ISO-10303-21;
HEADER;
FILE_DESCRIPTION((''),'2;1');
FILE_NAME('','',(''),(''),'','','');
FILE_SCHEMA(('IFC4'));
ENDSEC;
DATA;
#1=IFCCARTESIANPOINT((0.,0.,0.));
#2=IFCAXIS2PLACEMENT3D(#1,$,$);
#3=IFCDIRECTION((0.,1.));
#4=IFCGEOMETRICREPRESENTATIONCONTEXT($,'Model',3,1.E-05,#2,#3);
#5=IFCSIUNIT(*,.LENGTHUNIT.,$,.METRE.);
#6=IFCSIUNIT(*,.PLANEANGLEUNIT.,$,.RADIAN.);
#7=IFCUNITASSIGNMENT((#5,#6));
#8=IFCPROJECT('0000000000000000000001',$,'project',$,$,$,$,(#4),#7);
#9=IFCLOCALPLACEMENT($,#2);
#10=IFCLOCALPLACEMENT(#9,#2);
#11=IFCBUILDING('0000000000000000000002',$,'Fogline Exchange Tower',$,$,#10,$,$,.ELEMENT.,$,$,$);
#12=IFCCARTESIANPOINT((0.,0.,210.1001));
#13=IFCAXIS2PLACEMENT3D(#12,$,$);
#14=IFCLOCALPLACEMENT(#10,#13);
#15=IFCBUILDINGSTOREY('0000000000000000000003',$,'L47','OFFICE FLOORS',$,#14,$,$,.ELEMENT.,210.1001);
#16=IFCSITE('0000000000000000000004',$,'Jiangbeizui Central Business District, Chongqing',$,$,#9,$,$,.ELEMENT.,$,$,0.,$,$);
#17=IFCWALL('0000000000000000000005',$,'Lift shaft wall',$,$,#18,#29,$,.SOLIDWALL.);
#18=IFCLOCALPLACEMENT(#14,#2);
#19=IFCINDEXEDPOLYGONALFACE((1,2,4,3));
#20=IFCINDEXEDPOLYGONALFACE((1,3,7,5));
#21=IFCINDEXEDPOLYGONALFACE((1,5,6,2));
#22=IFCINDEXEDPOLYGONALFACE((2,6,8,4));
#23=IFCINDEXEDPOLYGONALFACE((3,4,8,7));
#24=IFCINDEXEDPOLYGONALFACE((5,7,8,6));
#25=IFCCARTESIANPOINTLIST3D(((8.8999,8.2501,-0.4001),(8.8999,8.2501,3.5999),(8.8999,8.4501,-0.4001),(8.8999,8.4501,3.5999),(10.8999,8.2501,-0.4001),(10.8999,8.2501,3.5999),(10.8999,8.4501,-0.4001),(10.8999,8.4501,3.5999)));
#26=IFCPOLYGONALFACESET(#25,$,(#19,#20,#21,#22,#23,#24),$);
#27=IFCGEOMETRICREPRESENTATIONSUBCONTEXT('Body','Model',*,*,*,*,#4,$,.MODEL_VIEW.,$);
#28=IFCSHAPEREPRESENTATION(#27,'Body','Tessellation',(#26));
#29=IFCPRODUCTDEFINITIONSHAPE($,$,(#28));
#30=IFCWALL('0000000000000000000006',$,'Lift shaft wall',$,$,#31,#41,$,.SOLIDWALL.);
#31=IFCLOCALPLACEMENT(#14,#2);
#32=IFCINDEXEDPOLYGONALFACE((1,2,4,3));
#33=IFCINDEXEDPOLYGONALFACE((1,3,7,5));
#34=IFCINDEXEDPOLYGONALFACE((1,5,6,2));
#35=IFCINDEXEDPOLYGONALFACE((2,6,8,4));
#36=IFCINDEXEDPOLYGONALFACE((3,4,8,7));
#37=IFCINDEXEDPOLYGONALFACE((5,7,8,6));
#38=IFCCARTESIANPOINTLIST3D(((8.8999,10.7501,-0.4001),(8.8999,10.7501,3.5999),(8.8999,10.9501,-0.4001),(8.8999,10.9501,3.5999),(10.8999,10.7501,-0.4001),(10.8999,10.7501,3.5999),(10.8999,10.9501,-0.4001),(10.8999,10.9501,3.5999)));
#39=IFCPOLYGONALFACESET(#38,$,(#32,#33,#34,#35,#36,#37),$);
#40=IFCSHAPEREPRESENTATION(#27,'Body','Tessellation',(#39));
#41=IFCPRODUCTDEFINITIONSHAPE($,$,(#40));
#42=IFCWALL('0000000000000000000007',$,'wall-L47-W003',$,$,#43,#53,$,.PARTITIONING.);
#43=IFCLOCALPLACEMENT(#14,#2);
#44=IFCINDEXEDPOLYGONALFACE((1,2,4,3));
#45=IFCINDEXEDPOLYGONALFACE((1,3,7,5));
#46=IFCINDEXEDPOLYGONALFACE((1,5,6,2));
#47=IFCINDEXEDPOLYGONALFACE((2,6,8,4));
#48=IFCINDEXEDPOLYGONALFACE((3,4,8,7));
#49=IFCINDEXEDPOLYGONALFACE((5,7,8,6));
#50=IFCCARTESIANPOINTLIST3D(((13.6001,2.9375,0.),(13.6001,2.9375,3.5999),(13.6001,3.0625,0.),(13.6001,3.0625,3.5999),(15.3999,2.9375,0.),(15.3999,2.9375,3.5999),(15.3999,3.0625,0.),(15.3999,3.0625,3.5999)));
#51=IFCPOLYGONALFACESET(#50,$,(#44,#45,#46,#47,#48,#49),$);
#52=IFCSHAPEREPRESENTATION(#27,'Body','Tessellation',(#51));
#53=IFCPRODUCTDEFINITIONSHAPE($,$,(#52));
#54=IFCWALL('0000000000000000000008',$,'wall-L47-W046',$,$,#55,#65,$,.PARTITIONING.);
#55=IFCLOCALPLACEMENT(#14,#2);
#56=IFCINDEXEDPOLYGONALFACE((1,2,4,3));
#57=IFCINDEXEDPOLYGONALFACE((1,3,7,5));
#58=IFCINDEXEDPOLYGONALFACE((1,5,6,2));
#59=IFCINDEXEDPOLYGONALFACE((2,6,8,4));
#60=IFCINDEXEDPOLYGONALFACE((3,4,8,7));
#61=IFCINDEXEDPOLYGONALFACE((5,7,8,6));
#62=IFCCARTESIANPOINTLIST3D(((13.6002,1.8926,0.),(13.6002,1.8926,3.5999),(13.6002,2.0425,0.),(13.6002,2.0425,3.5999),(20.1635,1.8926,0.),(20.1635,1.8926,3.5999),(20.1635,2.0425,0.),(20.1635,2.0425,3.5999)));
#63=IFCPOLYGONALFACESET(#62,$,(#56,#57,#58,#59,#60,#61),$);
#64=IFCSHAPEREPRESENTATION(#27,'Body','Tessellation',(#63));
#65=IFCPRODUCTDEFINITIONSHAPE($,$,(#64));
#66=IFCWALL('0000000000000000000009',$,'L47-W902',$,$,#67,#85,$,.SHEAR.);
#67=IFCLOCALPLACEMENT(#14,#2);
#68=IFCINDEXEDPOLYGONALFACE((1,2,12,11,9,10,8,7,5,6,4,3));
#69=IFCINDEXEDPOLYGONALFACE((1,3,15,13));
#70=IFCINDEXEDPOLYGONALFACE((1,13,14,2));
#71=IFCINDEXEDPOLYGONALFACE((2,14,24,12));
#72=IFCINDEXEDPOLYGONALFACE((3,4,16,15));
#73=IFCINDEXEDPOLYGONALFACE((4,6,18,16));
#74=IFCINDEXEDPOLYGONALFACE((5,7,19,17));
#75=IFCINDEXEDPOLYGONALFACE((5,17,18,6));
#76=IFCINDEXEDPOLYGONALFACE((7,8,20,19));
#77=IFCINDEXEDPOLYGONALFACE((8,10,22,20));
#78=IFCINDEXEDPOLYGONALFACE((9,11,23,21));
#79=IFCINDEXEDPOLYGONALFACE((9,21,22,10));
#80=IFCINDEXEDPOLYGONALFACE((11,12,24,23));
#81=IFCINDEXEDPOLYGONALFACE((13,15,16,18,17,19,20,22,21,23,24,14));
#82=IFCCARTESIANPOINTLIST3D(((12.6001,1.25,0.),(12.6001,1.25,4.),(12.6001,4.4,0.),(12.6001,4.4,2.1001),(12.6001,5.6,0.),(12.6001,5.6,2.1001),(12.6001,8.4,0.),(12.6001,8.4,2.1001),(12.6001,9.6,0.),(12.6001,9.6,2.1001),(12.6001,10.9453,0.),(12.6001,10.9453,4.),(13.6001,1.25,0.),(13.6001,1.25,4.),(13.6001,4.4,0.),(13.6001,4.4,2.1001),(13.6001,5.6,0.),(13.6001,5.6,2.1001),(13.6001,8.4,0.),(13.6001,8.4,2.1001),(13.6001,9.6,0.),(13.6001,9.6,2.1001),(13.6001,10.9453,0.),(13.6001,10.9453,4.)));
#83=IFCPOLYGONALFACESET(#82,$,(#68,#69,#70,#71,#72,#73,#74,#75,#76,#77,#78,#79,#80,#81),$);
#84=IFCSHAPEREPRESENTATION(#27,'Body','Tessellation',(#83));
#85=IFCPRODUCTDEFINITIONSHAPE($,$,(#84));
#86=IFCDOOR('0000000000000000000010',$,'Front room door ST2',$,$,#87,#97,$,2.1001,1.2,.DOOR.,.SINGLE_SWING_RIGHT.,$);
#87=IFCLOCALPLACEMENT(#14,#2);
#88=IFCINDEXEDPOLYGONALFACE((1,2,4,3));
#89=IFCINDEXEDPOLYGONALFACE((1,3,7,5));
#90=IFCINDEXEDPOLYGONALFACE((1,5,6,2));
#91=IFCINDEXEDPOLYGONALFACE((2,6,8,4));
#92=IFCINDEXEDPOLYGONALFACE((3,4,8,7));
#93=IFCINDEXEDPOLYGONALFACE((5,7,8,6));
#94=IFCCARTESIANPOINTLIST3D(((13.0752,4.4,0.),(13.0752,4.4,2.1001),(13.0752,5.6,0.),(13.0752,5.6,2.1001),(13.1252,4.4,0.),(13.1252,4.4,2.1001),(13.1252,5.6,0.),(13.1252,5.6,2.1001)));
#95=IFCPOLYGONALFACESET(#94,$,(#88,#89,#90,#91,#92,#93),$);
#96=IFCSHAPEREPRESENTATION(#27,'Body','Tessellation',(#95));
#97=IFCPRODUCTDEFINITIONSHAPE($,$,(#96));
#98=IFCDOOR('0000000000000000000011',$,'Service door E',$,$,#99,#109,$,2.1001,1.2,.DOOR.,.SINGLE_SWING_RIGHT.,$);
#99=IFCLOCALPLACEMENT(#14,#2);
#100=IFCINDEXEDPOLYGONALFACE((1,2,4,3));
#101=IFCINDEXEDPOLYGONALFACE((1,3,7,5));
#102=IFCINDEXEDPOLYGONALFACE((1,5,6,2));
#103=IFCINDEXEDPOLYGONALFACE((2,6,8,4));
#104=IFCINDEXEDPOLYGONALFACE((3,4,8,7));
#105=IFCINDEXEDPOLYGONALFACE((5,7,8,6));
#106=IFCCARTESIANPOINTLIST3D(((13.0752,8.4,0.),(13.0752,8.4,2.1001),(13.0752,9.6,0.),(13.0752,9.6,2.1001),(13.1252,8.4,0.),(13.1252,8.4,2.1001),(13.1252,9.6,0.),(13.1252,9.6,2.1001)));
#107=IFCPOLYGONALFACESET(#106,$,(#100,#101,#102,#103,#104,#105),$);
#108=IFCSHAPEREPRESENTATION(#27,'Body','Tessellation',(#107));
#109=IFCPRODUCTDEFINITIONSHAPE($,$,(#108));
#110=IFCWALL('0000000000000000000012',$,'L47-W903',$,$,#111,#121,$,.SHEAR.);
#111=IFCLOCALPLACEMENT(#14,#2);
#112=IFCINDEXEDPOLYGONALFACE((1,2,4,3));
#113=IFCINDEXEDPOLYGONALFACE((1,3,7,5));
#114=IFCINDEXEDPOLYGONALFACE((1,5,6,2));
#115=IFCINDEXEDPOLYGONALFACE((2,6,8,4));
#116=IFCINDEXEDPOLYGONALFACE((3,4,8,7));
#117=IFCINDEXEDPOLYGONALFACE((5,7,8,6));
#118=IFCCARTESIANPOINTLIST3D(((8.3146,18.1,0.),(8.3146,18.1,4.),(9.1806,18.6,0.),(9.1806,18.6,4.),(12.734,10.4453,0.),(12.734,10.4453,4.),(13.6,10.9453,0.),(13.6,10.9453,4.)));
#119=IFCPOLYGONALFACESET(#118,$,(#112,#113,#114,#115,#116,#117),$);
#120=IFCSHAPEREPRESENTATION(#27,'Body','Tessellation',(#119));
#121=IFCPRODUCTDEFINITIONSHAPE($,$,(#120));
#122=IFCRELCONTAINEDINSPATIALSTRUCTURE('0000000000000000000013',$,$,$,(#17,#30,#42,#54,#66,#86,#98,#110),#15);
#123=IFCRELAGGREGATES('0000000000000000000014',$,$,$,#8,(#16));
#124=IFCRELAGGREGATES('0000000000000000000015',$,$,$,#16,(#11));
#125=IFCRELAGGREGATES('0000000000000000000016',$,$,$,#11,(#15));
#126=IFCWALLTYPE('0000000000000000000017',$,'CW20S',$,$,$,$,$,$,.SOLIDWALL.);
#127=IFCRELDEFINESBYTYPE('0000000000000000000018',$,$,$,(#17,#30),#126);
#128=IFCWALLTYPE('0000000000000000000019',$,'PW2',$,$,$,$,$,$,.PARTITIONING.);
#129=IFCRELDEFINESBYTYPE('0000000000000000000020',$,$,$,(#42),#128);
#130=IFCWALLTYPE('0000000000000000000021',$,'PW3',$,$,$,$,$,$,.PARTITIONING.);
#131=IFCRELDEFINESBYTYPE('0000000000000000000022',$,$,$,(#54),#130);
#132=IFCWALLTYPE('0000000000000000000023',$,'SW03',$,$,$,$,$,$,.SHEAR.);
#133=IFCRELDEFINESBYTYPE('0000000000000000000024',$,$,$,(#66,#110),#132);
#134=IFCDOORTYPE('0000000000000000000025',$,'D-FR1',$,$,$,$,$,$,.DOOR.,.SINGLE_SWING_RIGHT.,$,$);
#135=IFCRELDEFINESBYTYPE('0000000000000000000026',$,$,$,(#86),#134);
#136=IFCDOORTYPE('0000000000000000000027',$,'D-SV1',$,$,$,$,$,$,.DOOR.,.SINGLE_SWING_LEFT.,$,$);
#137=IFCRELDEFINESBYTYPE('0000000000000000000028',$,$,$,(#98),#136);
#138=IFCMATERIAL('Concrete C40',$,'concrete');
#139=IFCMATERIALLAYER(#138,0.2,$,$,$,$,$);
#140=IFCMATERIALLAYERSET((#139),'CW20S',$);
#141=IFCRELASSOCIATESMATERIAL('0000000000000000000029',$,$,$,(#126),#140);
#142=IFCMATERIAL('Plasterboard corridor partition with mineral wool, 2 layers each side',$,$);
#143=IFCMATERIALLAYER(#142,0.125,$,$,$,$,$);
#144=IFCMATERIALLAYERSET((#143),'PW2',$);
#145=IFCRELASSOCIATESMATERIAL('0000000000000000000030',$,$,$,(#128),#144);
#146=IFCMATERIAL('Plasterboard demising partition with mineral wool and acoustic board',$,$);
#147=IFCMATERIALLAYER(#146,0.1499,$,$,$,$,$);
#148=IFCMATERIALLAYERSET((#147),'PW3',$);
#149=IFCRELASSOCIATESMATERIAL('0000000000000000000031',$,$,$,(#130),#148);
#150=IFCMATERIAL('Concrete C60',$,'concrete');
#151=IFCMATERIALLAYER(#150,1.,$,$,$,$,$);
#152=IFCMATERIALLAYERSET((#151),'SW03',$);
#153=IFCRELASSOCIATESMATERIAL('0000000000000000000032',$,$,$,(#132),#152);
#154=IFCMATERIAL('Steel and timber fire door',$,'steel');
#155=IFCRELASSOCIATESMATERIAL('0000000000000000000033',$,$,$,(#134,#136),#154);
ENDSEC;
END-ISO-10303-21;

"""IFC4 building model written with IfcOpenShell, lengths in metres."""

from ifc_helpers import new_model, si_unit, direction, frame, frame_2d, origin, place, context, subcontext, project, spatial, rectangle, extrude, material, layer, layer_set, type_object, element, fill, save


model = new_model("IFC4")

# Units and contexts
model_context = context("Model", 3, precision=1e-05, world=origin(), true_north=direction((0.0, 1.0)))
body_context = subcontext(model_context, "Body", "Model", "MODEL_VIEW")
ifc_project = project(units=[si_unit("LENGTHUNIT", "METRE"), si_unit("PLANEANGLEUNIT", "RADIAN")], contexts=[model_context])

# Site, building, storey
site_placement = place(None, origin())
site = spatial("IfcSite", under=ifc_project, at=site_placement, Name="Jiangbeizui Central Business District, Chongqing", CompositionType="ELEMENT", RefElevation=0.0)
building_placement = place(site_placement, origin())
building = spatial("IfcBuilding", under=site, at=building_placement, Name="Fogline Exchange Tower", CompositionType="ELEMENT")
storey_placement = place(building_placement, frame((0.0, 0.0, 210.1001)))
storey = spatial("IfcBuildingStorey", under=building, at=storey_placement, Name="L47", Description="OFFICE FLOORS", CompositionType="ELEMENT", Elevation=210.1001)

# Shared definitions
ifc_material_1 = material(Name="Concrete C60", Category="concrete")

# Shared definitions
ifc_material_2 = material(Name="Concrete C40", Category="concrete")

# Shared definitions
ifc_material_3 = material(Name="Steel and timber fire door", Category="steel")

# Walls
ifc_layer_1 = layer(ifc_material_2, 0.2)
ifc_layer_set_1 = layer_set([ifc_layer_1], Name="CW20S")
wall_type_1 = type_object("IfcWallType", Name="CW20S", PredefinedType="SOLIDWALL", material=ifc_layer_set_1)
for number, where, z_axis, x_axis, name in (
    (1, (8.8999, 8.3501, -0.4001), (0.0, 0.0, 1.0), (1.0, 0.0, 0.0), "Lift shaft wall"),
    (2, (8.8999, 10.8501, -0.4001), (0.0, 0.0, 1.0), (1.0, 0.0, 0.0), "Lift shaft wall"),
):
    element("IfcWall", number, at=place(storey_placement, frame(where, z_axis=z_axis, x_axis=x_axis)), inside=storey, type_object=wall_type_1, Name=name, PredefinedType="SOLIDWALL", context=body_context, shape_type="SweptSolid", body=[
        extrude(rectangle(XDim=2.0, YDim=0.2, at=frame_2d((1.0, 0.0))), origin(), (0.0, 0.0, 1.0), 4.0),
    ])
ifc_material_4 = material(Name="Plasterboard corridor partition with mineral wool, 2 layers each side")
ifc_layer_2 = layer(ifc_material_4, 0.125)
ifc_layer_set_2 = layer_set([ifc_layer_2], Name="PW2")
wall_type_2 = type_object("IfcWallType", Name="PW2", PredefinedType="PARTITIONING", material=ifc_layer_set_2)
wall_1_placement = place(storey_placement, frame((15.3999, 3.0, 0.0), z_axis=(0.0, 0.0, 1.0), x_axis=(-1.0, 0.0, 0.0)))
element("IfcWall", 3, at=wall_1_placement, inside=storey, type_object=wall_type_2, Name="wall-L47-W003", PredefinedType="PARTITIONING", context=body_context, shape_type="SweptSolid", body=[
    extrude(rectangle(XDim=1.7998, YDim=0.125, at=frame_2d((0.8999, 0.0))), origin(), (0.0, 0.0, 1.0), 3.5999),
])
ifc_material_5 = material(Name="Plasterboard demising partition with mineral wool and acoustic board")
ifc_layer_3 = layer(ifc_material_5, 0.1499)
ifc_layer_set_3 = layer_set([ifc_layer_3], Name="PW3")
wall_type_3 = type_object("IfcWallType", Name="PW3", PredefinedType="PARTITIONING", material=ifc_layer_set_3)
wall_2_placement = place(storey_placement, frame((13.6001, 1.9675, 0.0), z_axis=(0.0, 0.0, 1.0), x_axis=(1.0, 0.0, 0.0)))
element("IfcWall", 4, at=wall_2_placement, inside=storey, type_object=wall_type_3, Name="wall-L47-W046", PredefinedType="PARTITIONING", context=body_context, shape_type="SweptSolid", body=[
    extrude(rectangle(XDim=6.5632, YDim=0.1499, at=frame_2d((3.2817, 0.0))), origin(), (0.0, 0.0, 1.0), 3.5999),
])

# Wall, openings, doors
ifc_layer_4 = layer(ifc_material_1, 1.0)
ifc_layer_set_4 = layer_set([ifc_layer_4], Name="SW03")
wall_type_4 = type_object("IfcWallType", Name="SW03", PredefinedType="SHEAR", material=ifc_layer_set_4)
wall_3_placement = place(storey_placement, frame((13.1001, 1.25, 0.0), z_axis=(0.0, 0.0, 1.0), x_axis=(0.0, 1.0, 0.0)))
wall_3 = element("IfcWall", 5, at=wall_3_placement, inside=storey, type_object=wall_type_4, Name="L47-W902", PredefinedType="SHEAR", context=body_context, shape_type="SweptSolid", body=[
    extrude(rectangle(XDim=9.6953, YDim=1.0, at=frame_2d((4.8477, 0.0))), origin(), (0.0, 0.0, 1.0), 4.0),
])
opening_1_placement = place(wall_3_placement, frame((3.1499, 0.0, 0.0)))
opening_1 = element("IfcOpeningElement", 6, at=opening_1_placement, cuts=wall_3, PredefinedType="OPENING", context=body_context, shape_type="SweptSolid", body=[
    extrude(rectangle(XDim=1.2, YDim=2.1001, at=frame_2d((0.6001, 1.05))), frame((0.0, 0.51, 0.0), z_axis=(0.0, -1.0, 0.0), x_axis=(1.0, 0.0, 0.0)), (0.0, 0.0, 1.0), 1.02),
])
opening_2_placement = place(wall_3_placement, frame((7.1499, 0.0, 0.0)))
opening_2 = element("IfcOpeningElement", 7, at=opening_2_placement, cuts=wall_3, PredefinedType="OPENING", context=body_context, shape_type="SweptSolid", body=[
    extrude(rectangle(XDim=1.2, YDim=2.1001, at=frame_2d((0.6001, 1.05))), frame((0.0, 0.51, 0.0), z_axis=(0.0, -1.0, 0.0), x_axis=(1.0, 0.0, 0.0)), (0.0, 0.0, 1.0), 1.02),
])
door_type_1 = type_object("IfcDoorType", Name="D-FR1", OperationType="SINGLE_SWING_RIGHT", PredefinedType="DOOR", material=ifc_material_3)
door_1_placement = place(opening_1_placement, origin())
door_1 = element("IfcDoor", 8, at=door_1_placement, inside=storey, type_object=door_type_1, Name="Front room door ST2", OperationType="SINGLE_SWING_RIGHT", OverallHeight=2.1001, OverallWidth=1.2, PredefinedType="DOOR", context=body_context, shape_type="SweptSolid", body=[
    extrude(rectangle(XDim=1.2, YDim=2.1001, at=frame_2d((0.6001, 1.05))), frame((0.0, 0.0249, 0.0), z_axis=(0.0, -1.0, 0.0), x_axis=(1.0, 0.0, 0.0)), (0.0, 0.0, 1.0), 0.05),
])
fill(opening_1, door_1)
door_type_2 = type_object("IfcDoorType", Name="D-SV1", OperationType="SINGLE_SWING_LEFT", PredefinedType="DOOR", material=ifc_material_3)
door_2_placement = place(opening_2_placement, origin())
door_2 = element("IfcDoor", 9, at=door_2_placement, inside=storey, type_object=door_type_2, Name="Service door E", OperationType="SINGLE_SWING_RIGHT", OverallHeight=2.1001, OverallWidth=1.2, PredefinedType="DOOR", context=body_context, shape_type="SweptSolid", body=[
    extrude(rectangle(XDim=1.2, YDim=2.1001, at=frame_2d((0.6001, 1.05))), frame((0.0, 0.0249, 0.0), z_axis=(0.0, -1.0, 0.0), x_axis=(1.0, 0.0, 0.0)), (0.0, 0.0, 1.0), 0.05),
])
fill(opening_2, door_2)

# Wall
wall_4_placement = place(storey_placement, frame((13.167, 10.6953, 0.0), z_axis=(0.0, 0.0, 1.0), x_axis=(-0.499995, 0.866028, 0.0)))
element("IfcWall", 10, at=wall_4_placement, inside=storey, type_object=wall_type_4, Name="L47-W903", PredefinedType="SHEAR", context=body_context, shape_type="SweptSolid", body=[
    extrude(rectangle(XDim=8.8389, YDim=1.0, at=frame_2d((4.4194, 0.0))), origin(), (0.0, 0.0, 1.0), 4.0),
])

save(model, "model.ifc")
